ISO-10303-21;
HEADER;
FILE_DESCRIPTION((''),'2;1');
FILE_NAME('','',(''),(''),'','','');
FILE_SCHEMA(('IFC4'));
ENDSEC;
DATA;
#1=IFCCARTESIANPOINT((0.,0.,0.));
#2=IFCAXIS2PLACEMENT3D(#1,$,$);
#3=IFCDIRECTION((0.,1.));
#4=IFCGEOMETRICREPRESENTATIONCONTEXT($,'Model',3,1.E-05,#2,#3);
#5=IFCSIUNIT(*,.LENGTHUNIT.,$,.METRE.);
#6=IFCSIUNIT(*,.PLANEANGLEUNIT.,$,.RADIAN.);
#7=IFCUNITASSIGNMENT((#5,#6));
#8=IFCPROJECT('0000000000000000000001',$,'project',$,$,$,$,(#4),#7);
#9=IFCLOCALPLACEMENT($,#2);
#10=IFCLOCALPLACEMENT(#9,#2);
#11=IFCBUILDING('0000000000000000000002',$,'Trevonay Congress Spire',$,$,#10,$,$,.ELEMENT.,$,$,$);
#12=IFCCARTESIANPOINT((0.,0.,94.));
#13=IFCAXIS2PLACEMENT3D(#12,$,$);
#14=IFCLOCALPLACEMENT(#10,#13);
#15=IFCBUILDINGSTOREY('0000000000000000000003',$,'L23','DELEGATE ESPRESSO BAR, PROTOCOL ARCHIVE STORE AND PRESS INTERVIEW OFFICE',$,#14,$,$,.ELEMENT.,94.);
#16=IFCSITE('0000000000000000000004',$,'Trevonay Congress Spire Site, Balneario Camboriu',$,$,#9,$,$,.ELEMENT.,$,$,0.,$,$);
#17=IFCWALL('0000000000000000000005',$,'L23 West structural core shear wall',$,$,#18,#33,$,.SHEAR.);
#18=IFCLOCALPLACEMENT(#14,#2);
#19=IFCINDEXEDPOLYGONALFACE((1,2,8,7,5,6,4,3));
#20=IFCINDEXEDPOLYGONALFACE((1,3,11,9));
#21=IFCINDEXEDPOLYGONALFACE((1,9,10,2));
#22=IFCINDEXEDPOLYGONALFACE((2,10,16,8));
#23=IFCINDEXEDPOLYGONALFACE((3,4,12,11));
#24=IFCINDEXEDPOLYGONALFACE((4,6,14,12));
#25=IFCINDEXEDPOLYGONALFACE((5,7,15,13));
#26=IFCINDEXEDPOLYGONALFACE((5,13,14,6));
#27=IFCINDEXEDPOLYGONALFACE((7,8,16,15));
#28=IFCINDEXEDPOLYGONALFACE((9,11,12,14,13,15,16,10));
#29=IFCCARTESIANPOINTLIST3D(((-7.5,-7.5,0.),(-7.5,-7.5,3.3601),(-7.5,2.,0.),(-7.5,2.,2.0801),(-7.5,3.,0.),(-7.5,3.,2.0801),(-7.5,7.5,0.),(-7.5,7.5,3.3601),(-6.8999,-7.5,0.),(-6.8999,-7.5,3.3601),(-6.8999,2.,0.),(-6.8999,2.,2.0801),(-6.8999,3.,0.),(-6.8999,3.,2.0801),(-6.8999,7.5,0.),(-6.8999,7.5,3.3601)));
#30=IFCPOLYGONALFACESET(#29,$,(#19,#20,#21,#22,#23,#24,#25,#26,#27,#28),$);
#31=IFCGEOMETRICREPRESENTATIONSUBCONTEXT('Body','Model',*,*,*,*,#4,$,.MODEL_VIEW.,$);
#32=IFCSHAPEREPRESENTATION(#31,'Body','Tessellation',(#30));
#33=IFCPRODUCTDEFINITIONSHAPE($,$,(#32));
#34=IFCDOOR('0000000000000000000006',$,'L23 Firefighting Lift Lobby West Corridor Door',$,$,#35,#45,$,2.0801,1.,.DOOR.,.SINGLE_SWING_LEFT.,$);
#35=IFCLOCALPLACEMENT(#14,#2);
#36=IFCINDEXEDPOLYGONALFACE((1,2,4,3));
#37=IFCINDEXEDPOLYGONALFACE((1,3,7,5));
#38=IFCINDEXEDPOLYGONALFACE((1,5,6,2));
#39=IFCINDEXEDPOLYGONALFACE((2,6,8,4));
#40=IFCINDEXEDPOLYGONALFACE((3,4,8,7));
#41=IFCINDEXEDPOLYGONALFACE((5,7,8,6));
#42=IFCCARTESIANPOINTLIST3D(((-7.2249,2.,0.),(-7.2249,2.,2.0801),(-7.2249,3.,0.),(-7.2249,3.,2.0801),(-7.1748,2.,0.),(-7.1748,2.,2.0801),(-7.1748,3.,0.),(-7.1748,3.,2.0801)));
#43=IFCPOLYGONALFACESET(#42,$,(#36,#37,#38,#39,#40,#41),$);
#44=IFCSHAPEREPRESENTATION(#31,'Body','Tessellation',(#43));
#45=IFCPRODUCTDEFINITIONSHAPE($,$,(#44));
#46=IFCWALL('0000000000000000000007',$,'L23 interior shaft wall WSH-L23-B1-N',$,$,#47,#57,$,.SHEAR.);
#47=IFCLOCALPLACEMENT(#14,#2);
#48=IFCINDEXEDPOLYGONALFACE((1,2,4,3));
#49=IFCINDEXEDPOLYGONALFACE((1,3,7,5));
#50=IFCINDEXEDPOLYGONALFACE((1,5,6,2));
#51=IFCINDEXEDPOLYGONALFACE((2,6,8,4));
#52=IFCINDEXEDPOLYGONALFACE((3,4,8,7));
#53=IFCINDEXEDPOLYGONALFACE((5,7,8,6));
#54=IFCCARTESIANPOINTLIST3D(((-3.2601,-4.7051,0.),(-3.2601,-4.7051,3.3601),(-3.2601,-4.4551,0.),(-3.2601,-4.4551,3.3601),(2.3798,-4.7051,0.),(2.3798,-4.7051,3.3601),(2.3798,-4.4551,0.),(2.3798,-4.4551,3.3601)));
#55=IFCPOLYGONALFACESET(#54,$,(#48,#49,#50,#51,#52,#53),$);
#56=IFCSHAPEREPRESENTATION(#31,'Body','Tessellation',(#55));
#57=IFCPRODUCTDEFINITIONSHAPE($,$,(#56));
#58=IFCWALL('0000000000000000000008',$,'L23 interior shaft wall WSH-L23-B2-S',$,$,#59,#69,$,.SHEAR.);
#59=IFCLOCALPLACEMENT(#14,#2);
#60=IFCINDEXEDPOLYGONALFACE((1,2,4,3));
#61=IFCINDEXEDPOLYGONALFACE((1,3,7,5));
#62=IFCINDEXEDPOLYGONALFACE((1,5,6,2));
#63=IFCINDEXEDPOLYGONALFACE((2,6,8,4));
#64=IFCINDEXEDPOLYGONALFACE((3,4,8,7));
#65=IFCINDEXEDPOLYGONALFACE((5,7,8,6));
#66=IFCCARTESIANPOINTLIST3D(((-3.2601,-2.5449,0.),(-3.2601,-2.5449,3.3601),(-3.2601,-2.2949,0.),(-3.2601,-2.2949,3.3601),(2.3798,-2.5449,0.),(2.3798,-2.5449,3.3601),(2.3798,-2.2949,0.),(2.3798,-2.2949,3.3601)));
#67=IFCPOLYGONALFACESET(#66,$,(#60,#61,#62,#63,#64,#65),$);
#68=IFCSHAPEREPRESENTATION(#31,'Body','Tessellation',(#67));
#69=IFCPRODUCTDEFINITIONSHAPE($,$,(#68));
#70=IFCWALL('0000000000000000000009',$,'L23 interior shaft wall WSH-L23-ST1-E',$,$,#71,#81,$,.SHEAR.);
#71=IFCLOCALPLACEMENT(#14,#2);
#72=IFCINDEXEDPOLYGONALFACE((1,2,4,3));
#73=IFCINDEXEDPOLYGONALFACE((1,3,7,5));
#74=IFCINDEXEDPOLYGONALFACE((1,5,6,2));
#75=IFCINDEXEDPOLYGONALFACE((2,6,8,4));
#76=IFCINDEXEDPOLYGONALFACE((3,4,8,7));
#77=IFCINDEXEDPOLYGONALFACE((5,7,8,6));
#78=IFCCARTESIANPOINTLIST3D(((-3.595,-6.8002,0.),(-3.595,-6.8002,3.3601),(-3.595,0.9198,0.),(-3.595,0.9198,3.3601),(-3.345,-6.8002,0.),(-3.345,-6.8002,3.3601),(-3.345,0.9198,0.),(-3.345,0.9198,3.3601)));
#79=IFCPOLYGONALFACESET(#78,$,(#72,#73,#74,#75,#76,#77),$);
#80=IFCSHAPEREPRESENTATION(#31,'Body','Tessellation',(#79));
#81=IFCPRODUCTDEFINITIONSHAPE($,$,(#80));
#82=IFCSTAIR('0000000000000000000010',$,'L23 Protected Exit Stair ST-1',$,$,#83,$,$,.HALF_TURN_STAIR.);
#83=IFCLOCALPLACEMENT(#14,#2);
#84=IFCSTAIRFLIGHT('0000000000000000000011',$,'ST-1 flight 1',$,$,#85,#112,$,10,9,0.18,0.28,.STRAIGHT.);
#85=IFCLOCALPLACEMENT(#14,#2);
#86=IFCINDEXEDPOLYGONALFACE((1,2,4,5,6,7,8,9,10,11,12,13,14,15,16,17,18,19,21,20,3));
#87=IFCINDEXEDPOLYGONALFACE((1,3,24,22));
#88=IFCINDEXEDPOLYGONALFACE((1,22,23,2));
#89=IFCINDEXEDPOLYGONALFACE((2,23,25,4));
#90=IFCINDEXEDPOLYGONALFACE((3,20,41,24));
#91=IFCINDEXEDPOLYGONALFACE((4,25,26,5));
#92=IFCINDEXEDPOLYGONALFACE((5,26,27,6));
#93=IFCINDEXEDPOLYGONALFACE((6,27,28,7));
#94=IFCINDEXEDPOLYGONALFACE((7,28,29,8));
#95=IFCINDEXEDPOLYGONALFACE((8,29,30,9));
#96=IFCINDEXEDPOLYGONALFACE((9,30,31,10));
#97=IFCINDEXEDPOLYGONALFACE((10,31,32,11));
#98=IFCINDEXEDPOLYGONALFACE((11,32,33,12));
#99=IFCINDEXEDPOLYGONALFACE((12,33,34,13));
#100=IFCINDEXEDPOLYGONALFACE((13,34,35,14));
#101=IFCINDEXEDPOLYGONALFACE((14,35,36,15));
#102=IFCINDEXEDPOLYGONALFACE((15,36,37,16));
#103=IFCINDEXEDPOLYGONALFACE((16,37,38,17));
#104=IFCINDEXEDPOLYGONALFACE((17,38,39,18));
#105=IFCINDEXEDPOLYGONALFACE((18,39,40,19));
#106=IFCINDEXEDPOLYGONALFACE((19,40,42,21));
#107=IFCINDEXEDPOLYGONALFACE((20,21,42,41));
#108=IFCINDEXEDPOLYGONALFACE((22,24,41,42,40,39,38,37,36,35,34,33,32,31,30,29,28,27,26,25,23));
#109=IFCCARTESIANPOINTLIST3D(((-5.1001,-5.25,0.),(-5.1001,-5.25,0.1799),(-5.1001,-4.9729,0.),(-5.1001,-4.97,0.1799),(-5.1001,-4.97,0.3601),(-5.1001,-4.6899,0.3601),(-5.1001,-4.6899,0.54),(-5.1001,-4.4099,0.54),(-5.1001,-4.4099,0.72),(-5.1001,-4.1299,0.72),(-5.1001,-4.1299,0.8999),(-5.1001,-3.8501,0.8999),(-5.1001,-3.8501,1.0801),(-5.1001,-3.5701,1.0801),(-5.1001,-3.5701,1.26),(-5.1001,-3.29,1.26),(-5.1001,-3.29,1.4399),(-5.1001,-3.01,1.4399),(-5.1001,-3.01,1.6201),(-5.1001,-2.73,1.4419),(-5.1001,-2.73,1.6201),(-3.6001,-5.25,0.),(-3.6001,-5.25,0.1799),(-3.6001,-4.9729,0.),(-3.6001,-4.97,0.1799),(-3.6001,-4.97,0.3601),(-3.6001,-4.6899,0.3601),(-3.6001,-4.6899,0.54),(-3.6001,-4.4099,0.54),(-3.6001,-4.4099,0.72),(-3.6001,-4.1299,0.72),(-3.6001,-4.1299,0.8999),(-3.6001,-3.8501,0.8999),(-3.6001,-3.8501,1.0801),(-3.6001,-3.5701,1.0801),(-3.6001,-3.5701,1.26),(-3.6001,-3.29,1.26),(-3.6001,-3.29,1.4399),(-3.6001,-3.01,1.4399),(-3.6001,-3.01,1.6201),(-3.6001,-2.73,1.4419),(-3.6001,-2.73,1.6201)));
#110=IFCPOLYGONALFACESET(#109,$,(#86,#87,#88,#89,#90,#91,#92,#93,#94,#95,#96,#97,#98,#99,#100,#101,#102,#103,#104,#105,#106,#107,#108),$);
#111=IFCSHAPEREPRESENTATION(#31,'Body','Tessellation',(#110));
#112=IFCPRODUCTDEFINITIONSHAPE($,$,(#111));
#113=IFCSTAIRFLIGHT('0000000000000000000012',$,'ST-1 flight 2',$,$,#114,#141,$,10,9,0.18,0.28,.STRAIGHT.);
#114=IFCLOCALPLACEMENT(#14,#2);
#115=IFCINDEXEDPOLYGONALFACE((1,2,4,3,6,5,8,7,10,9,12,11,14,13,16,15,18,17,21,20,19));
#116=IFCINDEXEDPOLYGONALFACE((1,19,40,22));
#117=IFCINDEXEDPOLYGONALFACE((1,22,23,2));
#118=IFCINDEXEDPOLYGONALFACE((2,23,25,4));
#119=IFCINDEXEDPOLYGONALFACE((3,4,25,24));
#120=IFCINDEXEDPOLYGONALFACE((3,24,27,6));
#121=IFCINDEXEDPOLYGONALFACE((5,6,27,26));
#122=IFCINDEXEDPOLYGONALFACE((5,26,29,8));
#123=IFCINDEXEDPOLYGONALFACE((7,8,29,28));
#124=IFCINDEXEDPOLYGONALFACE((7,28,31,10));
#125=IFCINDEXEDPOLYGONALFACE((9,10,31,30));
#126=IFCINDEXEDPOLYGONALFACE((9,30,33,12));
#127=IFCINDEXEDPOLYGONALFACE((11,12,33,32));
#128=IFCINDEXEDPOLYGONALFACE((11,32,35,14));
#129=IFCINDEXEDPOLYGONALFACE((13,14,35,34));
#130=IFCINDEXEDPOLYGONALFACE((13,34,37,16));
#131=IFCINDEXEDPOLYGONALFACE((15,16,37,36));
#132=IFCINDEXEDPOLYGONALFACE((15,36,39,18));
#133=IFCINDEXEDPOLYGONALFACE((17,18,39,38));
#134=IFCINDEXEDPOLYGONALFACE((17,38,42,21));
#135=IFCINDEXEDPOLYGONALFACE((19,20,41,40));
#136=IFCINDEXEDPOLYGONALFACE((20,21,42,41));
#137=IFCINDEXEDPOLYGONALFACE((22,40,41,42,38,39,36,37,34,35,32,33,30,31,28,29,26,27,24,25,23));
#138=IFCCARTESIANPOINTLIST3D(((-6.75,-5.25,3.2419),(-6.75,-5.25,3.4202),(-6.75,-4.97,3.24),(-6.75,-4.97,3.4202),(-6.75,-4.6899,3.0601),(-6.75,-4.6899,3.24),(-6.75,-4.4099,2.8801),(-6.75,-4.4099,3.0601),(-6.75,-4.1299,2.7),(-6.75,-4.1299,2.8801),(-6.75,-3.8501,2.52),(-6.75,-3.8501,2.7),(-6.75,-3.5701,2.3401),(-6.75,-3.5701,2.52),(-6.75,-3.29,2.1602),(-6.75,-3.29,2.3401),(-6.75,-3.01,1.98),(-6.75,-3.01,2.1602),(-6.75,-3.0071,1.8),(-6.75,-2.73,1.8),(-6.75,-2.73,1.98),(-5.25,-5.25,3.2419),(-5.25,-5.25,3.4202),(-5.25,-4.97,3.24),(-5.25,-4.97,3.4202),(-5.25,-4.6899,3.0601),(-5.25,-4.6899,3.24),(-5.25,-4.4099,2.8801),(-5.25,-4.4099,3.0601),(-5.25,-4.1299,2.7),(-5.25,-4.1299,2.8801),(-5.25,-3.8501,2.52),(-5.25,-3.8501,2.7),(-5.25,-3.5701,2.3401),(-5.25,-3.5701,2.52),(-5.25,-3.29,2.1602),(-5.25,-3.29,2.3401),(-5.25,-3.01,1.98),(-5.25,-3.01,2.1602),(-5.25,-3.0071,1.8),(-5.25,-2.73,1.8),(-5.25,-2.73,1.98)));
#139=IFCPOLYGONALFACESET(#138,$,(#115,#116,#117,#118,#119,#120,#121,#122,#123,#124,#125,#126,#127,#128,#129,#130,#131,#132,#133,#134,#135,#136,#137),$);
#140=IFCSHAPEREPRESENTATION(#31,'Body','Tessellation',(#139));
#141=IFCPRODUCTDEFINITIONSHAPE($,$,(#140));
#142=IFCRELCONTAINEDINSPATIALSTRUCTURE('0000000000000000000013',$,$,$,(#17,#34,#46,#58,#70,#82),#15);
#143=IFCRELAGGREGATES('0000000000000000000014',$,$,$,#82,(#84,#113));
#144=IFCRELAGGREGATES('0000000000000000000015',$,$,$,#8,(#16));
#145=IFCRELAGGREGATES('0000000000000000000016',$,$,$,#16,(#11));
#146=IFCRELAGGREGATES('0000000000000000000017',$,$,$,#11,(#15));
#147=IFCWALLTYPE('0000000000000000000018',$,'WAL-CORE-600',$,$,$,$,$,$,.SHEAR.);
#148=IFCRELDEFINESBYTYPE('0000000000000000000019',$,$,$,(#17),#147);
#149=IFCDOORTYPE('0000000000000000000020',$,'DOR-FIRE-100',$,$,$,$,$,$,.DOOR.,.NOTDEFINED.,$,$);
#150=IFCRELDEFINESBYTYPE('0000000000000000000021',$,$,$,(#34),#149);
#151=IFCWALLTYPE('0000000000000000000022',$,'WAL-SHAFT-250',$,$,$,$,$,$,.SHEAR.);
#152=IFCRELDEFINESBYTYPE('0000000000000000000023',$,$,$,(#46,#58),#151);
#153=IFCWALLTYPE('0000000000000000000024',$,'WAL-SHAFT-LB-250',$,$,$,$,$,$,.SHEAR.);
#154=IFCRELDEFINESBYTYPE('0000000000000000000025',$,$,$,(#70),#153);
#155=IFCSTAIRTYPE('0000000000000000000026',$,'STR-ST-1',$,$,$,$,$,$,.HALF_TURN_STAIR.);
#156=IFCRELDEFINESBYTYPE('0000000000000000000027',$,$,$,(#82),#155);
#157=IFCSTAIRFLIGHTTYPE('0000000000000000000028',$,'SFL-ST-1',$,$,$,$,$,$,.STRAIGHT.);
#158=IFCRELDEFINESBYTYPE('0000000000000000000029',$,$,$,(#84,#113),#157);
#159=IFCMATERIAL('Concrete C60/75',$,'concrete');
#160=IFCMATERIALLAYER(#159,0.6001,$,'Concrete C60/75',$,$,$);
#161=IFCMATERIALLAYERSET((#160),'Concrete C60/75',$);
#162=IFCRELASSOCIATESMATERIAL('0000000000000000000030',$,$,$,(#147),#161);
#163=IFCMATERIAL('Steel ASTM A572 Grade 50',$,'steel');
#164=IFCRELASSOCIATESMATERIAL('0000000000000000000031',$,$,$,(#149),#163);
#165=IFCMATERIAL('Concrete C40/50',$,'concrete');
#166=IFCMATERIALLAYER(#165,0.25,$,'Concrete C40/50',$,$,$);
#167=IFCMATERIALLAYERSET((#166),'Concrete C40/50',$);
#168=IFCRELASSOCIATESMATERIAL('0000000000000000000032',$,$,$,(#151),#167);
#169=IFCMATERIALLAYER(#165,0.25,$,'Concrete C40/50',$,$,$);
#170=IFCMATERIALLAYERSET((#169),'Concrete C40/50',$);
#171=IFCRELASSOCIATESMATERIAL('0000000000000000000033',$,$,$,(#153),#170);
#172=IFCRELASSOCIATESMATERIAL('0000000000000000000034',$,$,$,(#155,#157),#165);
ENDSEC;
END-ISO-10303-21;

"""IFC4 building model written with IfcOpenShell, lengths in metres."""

from ifc_helpers import new_model, si_unit, direction, frame, frame_2d, origin, place, context, subcontext, project, spatial, polyline, rectangle, outline, extrude, material, layer, layer_set, type_object, element, fill, aggregate, save


model = new_model("IFC4")

# Units and contexts
model_context = context("Model", 3, precision=1e-05, world=origin(), true_north=direction((0.0, 1.0)))
body_context = subcontext(model_context, "Body", "Model", "MODEL_VIEW")
ifc_project = project(units=[si_unit("LENGTHUNIT", "METRE"), si_unit("PLANEANGLEUNIT", "RADIAN")], contexts=[model_context])

# Site, building, storey
site_placement = place(None, origin())
site = spatial("IfcSite", under=ifc_project, at=site_placement, Name="Trevonay Congress Spire Site, Balneario Camboriu", CompositionType="ELEMENT", RefElevation=0.0)
building_placement = place(site_placement, origin())
building = spatial("IfcBuilding", under=site, at=building_placement, Name="Trevonay Congress Spire", CompositionType="ELEMENT")
storey_placement = place(building_placement, frame((0.0, 0.0, 94.0)))
storey = spatial("IfcBuildingStorey", under=building, at=storey_placement, Name="L23", Description="DELEGATE ESPRESSO BAR, PROTOCOL ARCHIVE STORE AND PRESS INTERVIEW OFFICE", CompositionType="ELEMENT", Elevation=94.0)

# Shared definitions
ifc_material_1 = material(Name="Steel ASTM A572 Grade 50", Category="steel")

# Shared definitions
ifc_material_2 = material(Name="Concrete C40/50", Category="concrete")

# Shared definitions
ifc_material_3 = material(Name="Concrete C60/75", Category="concrete")
ifc_layer_1 = layer(ifc_material_3, 0.6001, Name="Concrete C60/75")
ifc_layer_set_1 = layer_set([ifc_layer_1], Name="Concrete C60/75")
wall_type_1 = type_object("IfcWallType", Name="WAL-CORE-600", PredefinedType="SHEAR", material=ifc_layer_set_1)

# Wall, opening, door
wall_1_placement = place(storey_placement, frame((-7.2, -7.5, 0.0), z_axis=(0.0, 0.0, 1.0), x_axis=(0.0, 1.0, 0.0)))
wall_1 = element("IfcWall", 1, at=wall_1_placement, inside=storey, type_object=wall_type_1, Name="L23 West structural core shear wall", PredefinedType="SHEAR", context=body_context, shape_type="SweptSolid", body=[
    extrude(rectangle(XDim=15.0, YDim=0.6001, at=frame_2d((7.5, 0.0))), origin(), (0.0, 0.0, 1.0), 3.3601),
])
opening_1_placement = place(wall_1_placement, frame((9.5, 0.0, 0.0)))
opening_1 = element("IfcOpeningElement", 2, at=opening_1_placement, cuts=wall_1, PredefinedType="OPENING", context=body_context, shape_type="SweptSolid", body=[
    extrude(rectangle(XDim=1.0, YDim=2.0801, at=frame_2d((0.5, 1.04))), frame((0.0, 0.3101, 0.0), z_axis=(0.0, -1.0, 0.0), x_axis=(1.0, 0.0, 0.0)), (0.0, 0.0, 1.0), 0.6201),
])
door_type_1 = type_object("IfcDoorType", Name="DOR-FIRE-100", OperationType="NOTDEFINED", PredefinedType="DOOR", material=ifc_material_1)
door_1_placement = place(opening_1_placement, origin())
door_1 = element("IfcDoor", 3, at=door_1_placement, inside=storey, type_object=door_type_1, Name="L23 Firefighting Lift Lobby West Corridor Door", OperationType="SINGLE_SWING_LEFT", OverallHeight=2.0801, OverallWidth=1.0, PredefinedType="DOOR", context=body_context, shape_type="SweptSolid", body=[
    extrude(rectangle(XDim=1.0, YDim=2.0801, at=frame_2d((0.5, 1.04))), frame((0.0, 0.0249, 0.0), z_axis=(0.0, -1.0, 0.0), x_axis=(1.0, 0.0, 0.0)), (0.0, 0.0, 1.0), 0.05),
])
fill(opening_1, door_1)

# Walls
ifc_layer_2 = layer(ifc_material_2, 0.25, Name="Concrete C40/50")
ifc_layer_set_2 = layer_set([ifc_layer_2], Name="Concrete C40/50")
wall_type_2 = type_object("IfcWallType", Name="WAL-SHAFT-250", PredefinedType="SHEAR", material=ifc_layer_set_2)
for number, where, z_axis, x_axis, name in (
    (4, (-3.26, -4.5801, 0.0), (0.0, 0.0, 1.0), (1.0, 0.0, 0.0), "L23 interior shaft wall WSH-L23-B1-N"),
    (5, (-3.26, -2.4199, 0.0), (0.0, 0.0, 1.0), (1.0, 0.0, 0.0), "L23 interior shaft wall WSH-L23-B2-S"),
):
    element("IfcWall", number, at=place(storey_placement, frame(where, z_axis=z_axis, x_axis=x_axis)), inside=storey, type_object=wall_type_2, Name=name, PredefinedType="SHEAR", context=body_context, shape_type="SweptSolid", body=[
        extrude(rectangle(XDim=5.6399, YDim=0.25, at=frame_2d((2.8198, 0.0))), origin(), (0.0, 0.0, 1.0), 3.3601),
    ])
ifc_layer_3 = layer(ifc_material_2, 0.25, Name="Concrete C40/50")
ifc_layer_set_3 = layer_set([ifc_layer_3], Name="Concrete C40/50")
wall_type_3 = type_object("IfcWallType", Name="WAL-SHAFT-LB-250", PredefinedType="SHEAR", material=ifc_layer_set_3)
wall_2_placement = place(storey_placement, frame((-3.47, -6.8, 0.0), z_axis=(0.0, 0.0, 1.0), x_axis=(0.0, 1.0, 0.0)))
element("IfcWall", 6, at=wall_2_placement, inside=storey, type_object=wall_type_3, Name="L23 interior shaft wall WSH-L23-ST1-E", PredefinedType="SHEAR", context=body_context, shape_type="SweptSolid", body=[
    extrude(rectangle(XDim=7.72, YDim=0.25, at=frame_2d((3.8599, 0.0))), origin(), (0.0, 0.0, 1.0), 3.3601),
])

# Stair, stair flights
stair_type = type_object("IfcStairType", Name="STR-ST-1", PredefinedType="HALF_TURN_STAIR", material=ifc_material_2)
stair_placement = place(storey_placement, origin())
stair = element("IfcStair", 7, at=stair_placement, inside=storey, type_object=stair_type, Name="L23 Protected Exit Stair ST-1", PredefinedType="HALF_TURN_STAIR")
stair_flight_type = type_object("IfcStairFlightType", Name="SFL-ST-1", PredefinedType="STRAIGHT", material=ifc_material_2)
stair_flight_1_placement = place(storey_placement, frame((-4.3501, -5.25, 0.0), z_axis=(0.0, 0.0, 1.0), x_axis=(0.0, 1.0, 0.0)))
stair_flight_1 = element("IfcStairFlight", 8, at=stair_flight_1_placement, type_object=stair_flight_type, Name="ST-1 flight 1", NumberOfRisers=10, NumberOfTreads=9, PredefinedType="STRAIGHT", RiserHeight=0.18, TreadLength=0.28, context=body_context, shape_type="SweptSolid", body=[
    extrude(outline(polyline([(0.0, 0.0), (0.0, 0.1799), (0.28, 0.1799), (0.28, 0.3601), (0.5601, 0.3601), (0.5601, 0.54), (0.8401, 0.54), (0.8401, 0.72), (1.1201, 0.72), (1.1201, 0.8999), (1.3999, 0.8999), (1.3999, 1.0801), (1.6799, 1.0801), (1.6799, 1.26), (1.96, 1.26), (1.96, 1.4399), (2.24, 1.4399), (2.24, 1.6201), (2.52, 1.6201), (2.52, 1.8), (2.52, 1.4419), (0.2771, 0.0), (0.0, 0.0)])), frame((0.0, 0.75, 0.0), z_axis=(0.0, -1.0, 0.0), x_axis=(1.0, 0.0, 0.0)), (0.0, 0.0, 1.0), 1.5),
])
stair_flight_2_placement = place(storey_placement, frame((-6.0, -2.73, 1.8), z_axis=(0.0, 0.0, 1.0), x_axis=(0.0, -1.0, 0.0)))
stair_flight_2 = element("IfcStairFlight", 9, at=stair_flight_2_placement, type_object=stair_flight_type, Name="ST-1 flight 2", NumberOfRisers=10, NumberOfTreads=9, PredefinedType="STRAIGHT", RiserHeight=0.18, TreadLength=0.28, context=body_context, shape_type="SweptSolid", body=[
    extrude(outline(polyline([(0.0, 0.0), (0.0, 0.1799), (0.28, 0.1799), (0.28, 0.3601), (0.5601, 0.3601), (0.5601, 0.54), (0.8401, 0.54), (0.8401, 0.72), (1.1201, 0.72), (1.1201, 0.8999), (1.3999, 0.8999), (1.3999, 1.0801), (1.6799, 1.0801), (1.6799, 1.26), (1.96, 1.26), (1.96, 1.4399), (2.24, 1.4399), (2.24, 1.6201), (2.52, 1.6201), (2.52, 1.8), (2.52, 1.4419), (0.2771, 0.0), (0.0, 0.0)])), frame((0.0, 0.75, 0.0), z_axis=(0.0, -1.0, 0.0), x_axis=(1.0, 0.0, 0.0)), (0.0, 0.0, 1.0), 1.5),
])
aggregate(stair, [stair_flight_1, stair_flight_2])

save(model, "model.ifc")
